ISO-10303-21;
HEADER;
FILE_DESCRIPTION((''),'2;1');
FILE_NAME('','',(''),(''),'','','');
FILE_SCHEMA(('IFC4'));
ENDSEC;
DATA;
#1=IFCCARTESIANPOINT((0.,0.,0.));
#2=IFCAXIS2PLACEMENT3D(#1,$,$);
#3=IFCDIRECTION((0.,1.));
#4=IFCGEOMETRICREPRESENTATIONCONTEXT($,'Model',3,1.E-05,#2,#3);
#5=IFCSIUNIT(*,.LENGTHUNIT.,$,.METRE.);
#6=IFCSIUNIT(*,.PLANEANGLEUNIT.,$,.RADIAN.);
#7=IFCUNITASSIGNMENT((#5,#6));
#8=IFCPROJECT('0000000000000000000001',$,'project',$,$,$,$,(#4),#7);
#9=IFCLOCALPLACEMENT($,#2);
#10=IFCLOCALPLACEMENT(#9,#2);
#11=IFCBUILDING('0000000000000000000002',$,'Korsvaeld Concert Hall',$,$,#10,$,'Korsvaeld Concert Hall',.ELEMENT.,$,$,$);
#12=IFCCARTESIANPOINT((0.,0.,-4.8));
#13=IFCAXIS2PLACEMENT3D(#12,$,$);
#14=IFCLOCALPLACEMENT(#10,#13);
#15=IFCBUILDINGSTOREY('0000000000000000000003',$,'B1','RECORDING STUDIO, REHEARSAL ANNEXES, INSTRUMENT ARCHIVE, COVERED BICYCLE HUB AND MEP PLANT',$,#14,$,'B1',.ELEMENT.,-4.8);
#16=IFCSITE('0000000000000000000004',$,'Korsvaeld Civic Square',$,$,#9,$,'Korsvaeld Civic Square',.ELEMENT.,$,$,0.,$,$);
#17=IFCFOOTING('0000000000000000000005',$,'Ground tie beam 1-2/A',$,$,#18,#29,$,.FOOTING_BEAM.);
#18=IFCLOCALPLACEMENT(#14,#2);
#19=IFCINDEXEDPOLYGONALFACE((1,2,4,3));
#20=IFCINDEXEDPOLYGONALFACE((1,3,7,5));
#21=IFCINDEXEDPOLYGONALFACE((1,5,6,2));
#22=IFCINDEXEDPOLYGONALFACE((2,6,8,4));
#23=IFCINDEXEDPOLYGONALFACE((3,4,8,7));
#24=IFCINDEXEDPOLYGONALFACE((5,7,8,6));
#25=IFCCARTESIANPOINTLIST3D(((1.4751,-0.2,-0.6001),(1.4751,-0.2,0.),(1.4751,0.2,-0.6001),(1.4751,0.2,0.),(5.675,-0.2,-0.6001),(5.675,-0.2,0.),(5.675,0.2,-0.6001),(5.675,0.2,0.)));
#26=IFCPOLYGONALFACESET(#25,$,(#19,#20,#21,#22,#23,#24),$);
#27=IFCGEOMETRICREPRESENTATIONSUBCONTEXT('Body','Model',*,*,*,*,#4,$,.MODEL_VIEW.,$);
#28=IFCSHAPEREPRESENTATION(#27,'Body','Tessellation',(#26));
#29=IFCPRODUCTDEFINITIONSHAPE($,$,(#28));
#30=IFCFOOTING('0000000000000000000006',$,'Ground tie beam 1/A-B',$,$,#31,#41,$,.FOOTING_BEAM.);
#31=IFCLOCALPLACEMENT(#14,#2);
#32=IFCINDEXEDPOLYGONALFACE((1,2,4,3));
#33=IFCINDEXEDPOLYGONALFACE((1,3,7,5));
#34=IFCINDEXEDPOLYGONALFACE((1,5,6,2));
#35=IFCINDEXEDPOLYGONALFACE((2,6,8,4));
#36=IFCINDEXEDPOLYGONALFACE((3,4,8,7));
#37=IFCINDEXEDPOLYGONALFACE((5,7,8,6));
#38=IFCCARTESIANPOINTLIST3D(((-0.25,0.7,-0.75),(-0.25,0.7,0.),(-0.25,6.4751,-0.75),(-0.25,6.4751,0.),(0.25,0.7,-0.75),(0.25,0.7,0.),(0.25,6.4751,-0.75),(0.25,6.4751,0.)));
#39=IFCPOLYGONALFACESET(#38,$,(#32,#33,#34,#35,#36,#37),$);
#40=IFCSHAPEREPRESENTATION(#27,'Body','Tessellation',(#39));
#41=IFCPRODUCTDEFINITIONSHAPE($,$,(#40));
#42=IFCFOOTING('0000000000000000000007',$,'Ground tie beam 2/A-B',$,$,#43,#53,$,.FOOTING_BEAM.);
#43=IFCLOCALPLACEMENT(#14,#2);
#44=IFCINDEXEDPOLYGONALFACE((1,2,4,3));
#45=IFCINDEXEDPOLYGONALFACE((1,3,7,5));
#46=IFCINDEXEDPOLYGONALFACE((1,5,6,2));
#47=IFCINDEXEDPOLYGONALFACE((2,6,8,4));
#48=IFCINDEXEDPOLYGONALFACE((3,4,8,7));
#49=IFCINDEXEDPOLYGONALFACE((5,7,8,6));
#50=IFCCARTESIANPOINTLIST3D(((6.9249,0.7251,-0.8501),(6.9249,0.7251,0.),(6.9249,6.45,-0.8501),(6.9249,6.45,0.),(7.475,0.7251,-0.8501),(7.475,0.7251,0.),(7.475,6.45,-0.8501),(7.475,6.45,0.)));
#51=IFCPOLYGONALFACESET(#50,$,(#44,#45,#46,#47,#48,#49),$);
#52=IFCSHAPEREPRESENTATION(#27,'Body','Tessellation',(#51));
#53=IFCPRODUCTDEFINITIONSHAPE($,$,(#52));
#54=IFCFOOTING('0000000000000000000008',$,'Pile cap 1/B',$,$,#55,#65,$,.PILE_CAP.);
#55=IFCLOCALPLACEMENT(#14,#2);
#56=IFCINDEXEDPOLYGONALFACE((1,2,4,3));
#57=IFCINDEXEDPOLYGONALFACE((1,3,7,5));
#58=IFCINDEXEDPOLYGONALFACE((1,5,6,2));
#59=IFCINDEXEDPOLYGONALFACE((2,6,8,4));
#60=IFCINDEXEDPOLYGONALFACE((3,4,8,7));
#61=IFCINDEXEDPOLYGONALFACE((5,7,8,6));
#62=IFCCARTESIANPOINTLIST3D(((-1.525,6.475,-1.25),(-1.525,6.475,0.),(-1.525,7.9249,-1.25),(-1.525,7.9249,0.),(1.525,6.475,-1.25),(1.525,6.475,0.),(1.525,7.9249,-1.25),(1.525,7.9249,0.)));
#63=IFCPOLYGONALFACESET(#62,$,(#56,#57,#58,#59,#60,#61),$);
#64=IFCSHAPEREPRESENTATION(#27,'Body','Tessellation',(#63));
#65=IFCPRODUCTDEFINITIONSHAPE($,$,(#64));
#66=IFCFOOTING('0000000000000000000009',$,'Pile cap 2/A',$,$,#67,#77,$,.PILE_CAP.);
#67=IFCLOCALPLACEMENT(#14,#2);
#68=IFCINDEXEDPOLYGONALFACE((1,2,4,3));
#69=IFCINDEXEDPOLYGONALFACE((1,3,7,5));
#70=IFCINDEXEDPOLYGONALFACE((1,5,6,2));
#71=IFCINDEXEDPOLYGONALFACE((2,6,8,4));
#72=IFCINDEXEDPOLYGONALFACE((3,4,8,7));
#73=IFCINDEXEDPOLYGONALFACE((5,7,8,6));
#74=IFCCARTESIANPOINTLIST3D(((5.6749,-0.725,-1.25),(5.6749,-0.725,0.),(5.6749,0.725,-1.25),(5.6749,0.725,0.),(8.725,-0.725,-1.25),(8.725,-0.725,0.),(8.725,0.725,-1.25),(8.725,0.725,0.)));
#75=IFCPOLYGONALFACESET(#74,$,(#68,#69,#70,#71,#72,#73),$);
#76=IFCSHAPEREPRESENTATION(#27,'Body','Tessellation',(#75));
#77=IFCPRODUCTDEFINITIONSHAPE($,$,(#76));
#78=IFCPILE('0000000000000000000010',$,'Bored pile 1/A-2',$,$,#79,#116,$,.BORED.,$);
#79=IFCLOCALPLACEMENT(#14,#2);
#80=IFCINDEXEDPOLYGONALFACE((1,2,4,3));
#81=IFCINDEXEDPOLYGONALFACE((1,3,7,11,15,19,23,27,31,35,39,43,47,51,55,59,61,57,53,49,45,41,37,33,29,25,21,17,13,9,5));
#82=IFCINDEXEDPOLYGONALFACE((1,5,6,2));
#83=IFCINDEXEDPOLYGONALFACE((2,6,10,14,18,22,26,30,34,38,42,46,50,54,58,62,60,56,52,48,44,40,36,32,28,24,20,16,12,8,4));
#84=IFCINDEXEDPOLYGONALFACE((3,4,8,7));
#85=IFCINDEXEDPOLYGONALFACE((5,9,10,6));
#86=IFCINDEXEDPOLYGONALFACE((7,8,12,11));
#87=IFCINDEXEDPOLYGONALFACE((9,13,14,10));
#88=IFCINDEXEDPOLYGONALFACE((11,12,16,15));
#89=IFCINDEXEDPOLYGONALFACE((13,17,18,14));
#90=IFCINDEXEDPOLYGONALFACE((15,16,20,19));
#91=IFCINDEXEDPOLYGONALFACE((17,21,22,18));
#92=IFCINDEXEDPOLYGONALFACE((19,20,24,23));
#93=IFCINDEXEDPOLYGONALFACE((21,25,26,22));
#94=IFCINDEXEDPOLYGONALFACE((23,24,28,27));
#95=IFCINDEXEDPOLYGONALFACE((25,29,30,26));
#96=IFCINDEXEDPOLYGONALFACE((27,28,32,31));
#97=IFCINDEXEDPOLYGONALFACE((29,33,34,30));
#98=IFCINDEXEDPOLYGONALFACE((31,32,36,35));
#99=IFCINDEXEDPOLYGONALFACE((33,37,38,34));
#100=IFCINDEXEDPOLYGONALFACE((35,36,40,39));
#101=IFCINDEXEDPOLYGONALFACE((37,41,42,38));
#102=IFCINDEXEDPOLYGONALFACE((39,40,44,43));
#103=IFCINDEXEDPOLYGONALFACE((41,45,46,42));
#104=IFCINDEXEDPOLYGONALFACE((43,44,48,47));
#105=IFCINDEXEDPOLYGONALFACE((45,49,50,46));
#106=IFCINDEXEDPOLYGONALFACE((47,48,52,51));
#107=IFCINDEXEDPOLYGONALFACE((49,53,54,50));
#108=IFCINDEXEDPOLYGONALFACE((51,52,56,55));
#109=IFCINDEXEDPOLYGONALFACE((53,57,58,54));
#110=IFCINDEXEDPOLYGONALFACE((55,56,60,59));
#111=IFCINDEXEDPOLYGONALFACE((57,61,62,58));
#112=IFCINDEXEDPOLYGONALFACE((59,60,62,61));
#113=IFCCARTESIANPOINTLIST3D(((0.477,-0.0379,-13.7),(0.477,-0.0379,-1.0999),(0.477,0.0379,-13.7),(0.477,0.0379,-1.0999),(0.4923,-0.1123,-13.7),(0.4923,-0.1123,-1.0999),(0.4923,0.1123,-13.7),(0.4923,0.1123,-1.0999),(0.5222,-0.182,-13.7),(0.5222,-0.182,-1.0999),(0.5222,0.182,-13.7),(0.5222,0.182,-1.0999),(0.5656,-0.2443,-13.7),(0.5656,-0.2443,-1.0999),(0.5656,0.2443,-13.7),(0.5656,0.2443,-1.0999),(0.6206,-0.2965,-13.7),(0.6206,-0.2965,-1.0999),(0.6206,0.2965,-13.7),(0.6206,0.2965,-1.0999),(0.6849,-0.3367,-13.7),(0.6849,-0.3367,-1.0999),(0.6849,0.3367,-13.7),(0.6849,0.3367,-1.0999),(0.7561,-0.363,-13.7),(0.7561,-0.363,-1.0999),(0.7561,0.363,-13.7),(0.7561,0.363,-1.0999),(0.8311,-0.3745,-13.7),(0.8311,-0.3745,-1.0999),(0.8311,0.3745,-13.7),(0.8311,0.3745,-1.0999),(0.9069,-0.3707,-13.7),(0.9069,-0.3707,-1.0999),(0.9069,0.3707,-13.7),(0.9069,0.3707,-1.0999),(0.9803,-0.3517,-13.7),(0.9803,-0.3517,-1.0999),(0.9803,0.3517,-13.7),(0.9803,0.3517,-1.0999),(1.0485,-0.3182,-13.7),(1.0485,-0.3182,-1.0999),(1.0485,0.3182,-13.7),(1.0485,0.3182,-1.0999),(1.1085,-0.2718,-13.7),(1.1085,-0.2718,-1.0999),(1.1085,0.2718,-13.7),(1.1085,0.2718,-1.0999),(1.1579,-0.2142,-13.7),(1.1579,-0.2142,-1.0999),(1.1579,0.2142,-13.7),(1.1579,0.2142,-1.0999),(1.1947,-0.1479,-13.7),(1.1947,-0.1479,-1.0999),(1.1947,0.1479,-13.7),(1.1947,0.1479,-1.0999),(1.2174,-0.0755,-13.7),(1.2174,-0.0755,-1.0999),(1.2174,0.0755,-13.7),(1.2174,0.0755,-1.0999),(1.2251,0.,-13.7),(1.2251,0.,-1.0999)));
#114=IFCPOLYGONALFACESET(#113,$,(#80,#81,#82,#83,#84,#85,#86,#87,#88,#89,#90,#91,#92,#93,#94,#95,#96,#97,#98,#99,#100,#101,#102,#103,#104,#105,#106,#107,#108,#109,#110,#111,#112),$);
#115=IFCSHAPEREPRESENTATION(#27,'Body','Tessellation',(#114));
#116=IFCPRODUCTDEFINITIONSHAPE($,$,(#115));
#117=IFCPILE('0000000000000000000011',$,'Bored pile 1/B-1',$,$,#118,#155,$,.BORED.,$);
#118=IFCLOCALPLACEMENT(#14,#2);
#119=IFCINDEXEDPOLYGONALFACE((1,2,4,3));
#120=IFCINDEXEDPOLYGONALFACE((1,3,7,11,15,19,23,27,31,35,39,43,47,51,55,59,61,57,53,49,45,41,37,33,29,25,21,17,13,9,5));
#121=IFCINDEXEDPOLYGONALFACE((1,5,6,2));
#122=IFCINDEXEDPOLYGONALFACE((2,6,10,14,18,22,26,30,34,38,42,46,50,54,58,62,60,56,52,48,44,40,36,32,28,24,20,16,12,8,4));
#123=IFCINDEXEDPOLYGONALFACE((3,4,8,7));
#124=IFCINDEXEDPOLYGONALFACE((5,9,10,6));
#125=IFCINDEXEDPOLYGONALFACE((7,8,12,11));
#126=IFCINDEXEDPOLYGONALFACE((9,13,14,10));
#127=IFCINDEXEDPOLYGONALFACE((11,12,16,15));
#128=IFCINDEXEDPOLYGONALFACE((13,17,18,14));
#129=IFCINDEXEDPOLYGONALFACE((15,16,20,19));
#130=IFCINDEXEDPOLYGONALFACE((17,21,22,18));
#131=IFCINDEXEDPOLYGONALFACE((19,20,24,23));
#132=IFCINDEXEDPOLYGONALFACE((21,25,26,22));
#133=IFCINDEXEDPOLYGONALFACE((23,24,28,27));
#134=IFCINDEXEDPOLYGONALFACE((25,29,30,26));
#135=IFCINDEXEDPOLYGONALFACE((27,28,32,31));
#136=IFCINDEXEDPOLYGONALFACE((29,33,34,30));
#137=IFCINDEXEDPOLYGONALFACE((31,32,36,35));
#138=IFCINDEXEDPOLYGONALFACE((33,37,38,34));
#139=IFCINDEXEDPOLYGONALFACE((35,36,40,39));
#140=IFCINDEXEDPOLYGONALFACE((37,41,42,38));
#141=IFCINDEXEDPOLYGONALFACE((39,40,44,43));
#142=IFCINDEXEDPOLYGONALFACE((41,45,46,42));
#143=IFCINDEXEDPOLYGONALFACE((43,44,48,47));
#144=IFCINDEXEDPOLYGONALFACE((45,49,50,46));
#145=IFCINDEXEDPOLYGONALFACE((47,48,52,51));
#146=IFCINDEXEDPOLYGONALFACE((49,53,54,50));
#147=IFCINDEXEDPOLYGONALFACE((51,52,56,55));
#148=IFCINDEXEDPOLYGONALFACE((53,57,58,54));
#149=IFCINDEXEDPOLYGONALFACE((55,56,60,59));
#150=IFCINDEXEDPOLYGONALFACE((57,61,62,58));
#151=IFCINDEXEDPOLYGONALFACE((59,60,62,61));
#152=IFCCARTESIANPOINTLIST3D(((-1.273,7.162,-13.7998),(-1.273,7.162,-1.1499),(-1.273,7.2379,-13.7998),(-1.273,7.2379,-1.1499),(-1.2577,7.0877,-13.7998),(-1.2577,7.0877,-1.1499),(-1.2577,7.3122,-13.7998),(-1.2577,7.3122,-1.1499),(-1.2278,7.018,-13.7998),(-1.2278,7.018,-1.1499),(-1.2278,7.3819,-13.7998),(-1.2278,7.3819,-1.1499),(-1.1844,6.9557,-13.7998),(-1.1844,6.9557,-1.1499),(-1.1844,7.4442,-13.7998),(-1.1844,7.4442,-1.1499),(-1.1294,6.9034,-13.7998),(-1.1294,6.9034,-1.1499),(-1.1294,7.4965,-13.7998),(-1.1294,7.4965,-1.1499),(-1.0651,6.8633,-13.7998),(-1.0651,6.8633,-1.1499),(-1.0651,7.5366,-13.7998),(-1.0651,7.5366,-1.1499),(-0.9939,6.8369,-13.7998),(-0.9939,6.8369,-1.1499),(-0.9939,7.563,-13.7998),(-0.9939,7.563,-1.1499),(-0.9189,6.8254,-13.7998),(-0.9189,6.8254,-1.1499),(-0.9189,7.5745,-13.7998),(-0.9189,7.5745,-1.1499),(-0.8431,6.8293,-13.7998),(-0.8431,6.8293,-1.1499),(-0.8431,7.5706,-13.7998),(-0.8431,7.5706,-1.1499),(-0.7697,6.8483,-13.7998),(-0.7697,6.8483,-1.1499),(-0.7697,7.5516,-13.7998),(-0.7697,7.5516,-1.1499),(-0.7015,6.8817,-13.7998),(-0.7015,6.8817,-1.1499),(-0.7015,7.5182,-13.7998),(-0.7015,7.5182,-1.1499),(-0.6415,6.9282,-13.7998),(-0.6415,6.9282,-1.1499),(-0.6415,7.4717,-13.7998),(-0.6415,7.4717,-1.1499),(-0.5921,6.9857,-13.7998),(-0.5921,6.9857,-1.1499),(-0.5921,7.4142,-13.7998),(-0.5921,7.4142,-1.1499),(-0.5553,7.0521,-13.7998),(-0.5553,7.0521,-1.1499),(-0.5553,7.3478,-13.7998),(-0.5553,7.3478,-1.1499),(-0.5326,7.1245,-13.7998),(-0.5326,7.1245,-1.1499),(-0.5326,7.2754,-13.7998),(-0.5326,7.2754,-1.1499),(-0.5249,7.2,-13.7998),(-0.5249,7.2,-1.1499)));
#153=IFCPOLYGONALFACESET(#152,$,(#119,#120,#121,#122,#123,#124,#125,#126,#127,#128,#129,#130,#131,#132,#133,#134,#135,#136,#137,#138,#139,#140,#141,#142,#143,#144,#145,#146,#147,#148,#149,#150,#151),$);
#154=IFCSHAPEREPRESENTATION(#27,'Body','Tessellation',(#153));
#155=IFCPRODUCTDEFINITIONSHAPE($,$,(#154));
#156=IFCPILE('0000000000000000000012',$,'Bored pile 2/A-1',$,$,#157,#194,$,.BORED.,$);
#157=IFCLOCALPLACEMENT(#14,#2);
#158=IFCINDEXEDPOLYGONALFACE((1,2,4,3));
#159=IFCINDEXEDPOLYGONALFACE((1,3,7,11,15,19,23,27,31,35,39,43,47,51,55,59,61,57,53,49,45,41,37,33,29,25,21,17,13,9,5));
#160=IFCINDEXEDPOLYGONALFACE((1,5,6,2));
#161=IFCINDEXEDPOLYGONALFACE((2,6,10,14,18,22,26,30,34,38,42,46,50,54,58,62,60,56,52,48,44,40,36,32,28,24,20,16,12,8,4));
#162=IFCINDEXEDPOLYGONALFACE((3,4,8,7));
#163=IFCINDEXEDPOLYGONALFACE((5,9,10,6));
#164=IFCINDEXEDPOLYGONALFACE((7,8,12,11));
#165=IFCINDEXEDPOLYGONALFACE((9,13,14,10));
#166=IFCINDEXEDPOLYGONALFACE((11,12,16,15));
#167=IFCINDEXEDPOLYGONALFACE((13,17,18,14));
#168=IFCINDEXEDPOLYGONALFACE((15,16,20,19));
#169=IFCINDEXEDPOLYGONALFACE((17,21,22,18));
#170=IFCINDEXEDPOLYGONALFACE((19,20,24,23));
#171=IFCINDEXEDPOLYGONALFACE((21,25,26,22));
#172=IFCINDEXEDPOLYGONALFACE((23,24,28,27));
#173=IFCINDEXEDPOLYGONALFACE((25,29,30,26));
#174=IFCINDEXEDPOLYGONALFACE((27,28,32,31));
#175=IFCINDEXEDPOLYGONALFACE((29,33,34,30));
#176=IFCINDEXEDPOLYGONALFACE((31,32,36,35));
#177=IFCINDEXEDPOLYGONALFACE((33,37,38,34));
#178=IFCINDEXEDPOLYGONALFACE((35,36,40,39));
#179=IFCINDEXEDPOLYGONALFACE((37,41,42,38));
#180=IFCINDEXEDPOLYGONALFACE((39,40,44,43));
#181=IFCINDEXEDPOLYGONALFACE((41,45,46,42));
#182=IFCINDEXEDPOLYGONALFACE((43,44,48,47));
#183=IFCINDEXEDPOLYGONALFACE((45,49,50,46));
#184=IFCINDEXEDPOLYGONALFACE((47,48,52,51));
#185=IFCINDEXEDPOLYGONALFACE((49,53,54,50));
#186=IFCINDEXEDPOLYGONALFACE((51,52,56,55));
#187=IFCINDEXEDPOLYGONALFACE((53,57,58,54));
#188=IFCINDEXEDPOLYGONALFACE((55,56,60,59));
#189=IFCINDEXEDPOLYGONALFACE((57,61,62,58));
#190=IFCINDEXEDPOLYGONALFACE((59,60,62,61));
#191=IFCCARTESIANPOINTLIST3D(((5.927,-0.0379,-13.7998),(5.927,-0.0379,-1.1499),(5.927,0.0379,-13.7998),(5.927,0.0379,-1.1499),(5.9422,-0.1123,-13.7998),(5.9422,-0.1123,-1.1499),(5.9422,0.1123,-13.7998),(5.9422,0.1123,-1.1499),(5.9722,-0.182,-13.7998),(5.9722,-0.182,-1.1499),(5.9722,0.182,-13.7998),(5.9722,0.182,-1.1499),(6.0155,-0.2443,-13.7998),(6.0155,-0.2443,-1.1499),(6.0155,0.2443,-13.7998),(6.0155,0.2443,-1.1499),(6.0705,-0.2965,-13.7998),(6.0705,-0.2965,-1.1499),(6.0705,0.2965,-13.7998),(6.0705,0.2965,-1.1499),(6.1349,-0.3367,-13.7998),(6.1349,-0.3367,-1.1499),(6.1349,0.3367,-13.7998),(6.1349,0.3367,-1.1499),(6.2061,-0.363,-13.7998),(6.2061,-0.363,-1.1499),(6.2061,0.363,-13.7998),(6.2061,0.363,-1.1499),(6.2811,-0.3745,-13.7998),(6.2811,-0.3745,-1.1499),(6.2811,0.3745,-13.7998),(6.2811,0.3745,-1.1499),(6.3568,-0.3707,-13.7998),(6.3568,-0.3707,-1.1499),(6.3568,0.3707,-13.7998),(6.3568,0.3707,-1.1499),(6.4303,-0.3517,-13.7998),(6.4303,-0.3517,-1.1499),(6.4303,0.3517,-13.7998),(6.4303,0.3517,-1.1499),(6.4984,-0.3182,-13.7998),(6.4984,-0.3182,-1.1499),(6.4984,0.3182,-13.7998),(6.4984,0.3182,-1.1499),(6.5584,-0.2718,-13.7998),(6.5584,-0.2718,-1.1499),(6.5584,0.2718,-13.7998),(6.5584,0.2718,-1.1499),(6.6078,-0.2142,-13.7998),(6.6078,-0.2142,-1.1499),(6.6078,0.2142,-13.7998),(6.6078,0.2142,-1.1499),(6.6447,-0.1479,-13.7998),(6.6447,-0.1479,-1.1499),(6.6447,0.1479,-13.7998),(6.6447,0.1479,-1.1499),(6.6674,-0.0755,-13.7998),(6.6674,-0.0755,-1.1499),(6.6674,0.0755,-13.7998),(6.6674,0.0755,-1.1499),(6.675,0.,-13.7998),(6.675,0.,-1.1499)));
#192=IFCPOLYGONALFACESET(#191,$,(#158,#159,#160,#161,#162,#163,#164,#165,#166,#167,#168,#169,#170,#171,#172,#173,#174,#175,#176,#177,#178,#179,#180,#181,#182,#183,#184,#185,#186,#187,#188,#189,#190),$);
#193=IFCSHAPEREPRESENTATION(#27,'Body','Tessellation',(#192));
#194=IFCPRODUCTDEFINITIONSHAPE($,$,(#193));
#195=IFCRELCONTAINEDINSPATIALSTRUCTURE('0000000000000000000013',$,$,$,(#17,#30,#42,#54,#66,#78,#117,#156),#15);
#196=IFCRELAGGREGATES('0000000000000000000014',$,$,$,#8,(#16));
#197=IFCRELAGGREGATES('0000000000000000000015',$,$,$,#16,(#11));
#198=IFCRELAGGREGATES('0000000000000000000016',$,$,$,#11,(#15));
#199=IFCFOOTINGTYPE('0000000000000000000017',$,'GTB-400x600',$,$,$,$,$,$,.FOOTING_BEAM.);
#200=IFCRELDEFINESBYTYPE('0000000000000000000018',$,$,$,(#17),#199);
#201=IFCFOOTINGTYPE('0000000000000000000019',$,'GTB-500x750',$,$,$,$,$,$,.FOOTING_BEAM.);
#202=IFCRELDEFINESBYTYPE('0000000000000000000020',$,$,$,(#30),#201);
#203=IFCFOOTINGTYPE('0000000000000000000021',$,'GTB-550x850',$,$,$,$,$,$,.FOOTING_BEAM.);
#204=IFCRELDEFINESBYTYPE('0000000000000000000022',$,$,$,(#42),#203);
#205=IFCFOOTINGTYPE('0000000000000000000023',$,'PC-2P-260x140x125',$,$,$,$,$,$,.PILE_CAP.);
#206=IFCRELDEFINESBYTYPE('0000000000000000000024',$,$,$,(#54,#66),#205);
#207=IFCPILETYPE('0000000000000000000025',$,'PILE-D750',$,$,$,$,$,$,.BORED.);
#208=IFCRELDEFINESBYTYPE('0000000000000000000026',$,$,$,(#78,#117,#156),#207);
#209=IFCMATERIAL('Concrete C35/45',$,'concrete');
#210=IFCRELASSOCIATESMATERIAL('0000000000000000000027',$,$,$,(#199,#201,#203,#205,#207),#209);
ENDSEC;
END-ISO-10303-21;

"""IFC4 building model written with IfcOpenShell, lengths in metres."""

from ifc_helpers import new_model, si_unit, direction, frame, origin, origin_2d, place, context, subcontext, project, spatial, rectangle, circle, extrude, material, material_profile, profile_set, type_object, element, save


model = new_model("IFC4")

# Units and contexts
model_context = context("Model", 3, precision=1e-05, world=origin(), true_north=direction((0.0, 1.0)))
body_context = subcontext(model_context, "Body", "Model", "MODEL_VIEW")
ifc_project = project(units=[si_unit("LENGTHUNIT", "METRE"), si_unit("PLANEANGLEUNIT", "RADIAN")], contexts=[model_context])

# Site, building, storey
site_placement = place(None, origin())
site = spatial("IfcSite", under=ifc_project, at=site_placement, Name="Korsvaeld Civic Square", LongName="Korsvaeld Civic Square", CompositionType="ELEMENT", RefElevation=0.0)
building_placement = place(site_placement, origin())
building = spatial("IfcBuilding", under=site, at=building_placement, Name="Korsvaeld Concert Hall", LongName="Korsvaeld Concert Hall", CompositionType="ELEMENT")
storey_placement = place(building_placement, frame((0.0, 0.0, -4.8)))
storey = spatial("IfcBuildingStorey", under=building, at=storey_placement, Name="B1", Description="RECORDING STUDIO, REHEARSAL ANNEXES, INSTRUMENT ARCHIVE, COVERED BICYCLE HUB AND MEP PLANT", LongName="B1", CompositionType="ELEMENT", Elevation=-4.8)

# Footings
ifc_material_1 = material(Name="Concrete C35/45", Category="concrete")
ifc_material_profile_1 = material_profile(ifc_material_1, rectangle(XDim=0.3999, YDim=0.6001, at=origin_2d()), Name="GTB 400x600")
ifc_profile_set_1 = profile_set([ifc_material_profile_1], Name="Concrete C35/45")
footing_type_1 = type_object("IfcFootingType", Name="GTB-400x600", PredefinedType="FOOTING_BEAM", material=ifc_profile_set_1)
footing_1_placement = place(storey_placement, frame((1.4751, 0.0, -0.3), z_axis=(1.0, 0.0, 0.0), x_axis=(0.0, 1.0, 0.0)))
element("IfcFooting", 1, at=footing_1_placement, inside=storey, type_object=footing_type_1, Name="Ground tie beam 1-2/A", PredefinedType="FOOTING_BEAM", context=body_context, shape_type="SweptSolid", body=[
    extrude(rectangle(XDim=0.3999, YDim=0.6001, at=origin_2d()), origin(), (0.0, 0.0, 1.0), 4.2),
])
ifc_material_profile_2 = material_profile(ifc_material_1, rectangle(XDim=0.5, YDim=0.75, at=origin_2d()), Name="GTB 500x750")
ifc_profile_set_2 = profile_set([ifc_material_profile_2], Name="Concrete C35/45")
footing_type_2 = type_object("IfcFootingType", Name="GTB-500x750", PredefinedType="FOOTING_BEAM", material=ifc_profile_set_2)
footing_2_placement = place(storey_placement, frame((0.0, 0.7, -0.375), z_axis=(0.0, 1.0, 0.0), x_axis=(-1.0, 0.0, 0.0)))
element("IfcFooting", 2, at=footing_2_placement, inside=storey, type_object=footing_type_2, Name="Ground tie beam 1/A-B", PredefinedType="FOOTING_BEAM", context=body_context, shape_type="SweptSolid", body=[
    extrude(rectangle(XDim=0.5, YDim=0.75, at=origin_2d()), origin(), (0.0, 0.0, 1.0), 5.7751),
])
ifc_material_profile_3 = material_profile(ifc_material_1, rectangle(XDim=0.55, YDim=0.8501, at=origin_2d()), Name="GTB 550x850")
ifc_profile_set_3 = profile_set([ifc_material_profile_3], Name="Concrete C35/45")
footing_type_3 = type_object("IfcFootingType", Name="GTB-550x850", PredefinedType="FOOTING_BEAM", material=ifc_profile_set_3)
footing_3_placement = place(storey_placement, frame((7.2, 0.7251, -0.425), z_axis=(0.0, 1.0, 0.0), x_axis=(-1.0, 0.0, 0.0)))
element("IfcFooting", 3, at=footing_3_placement, inside=storey, type_object=footing_type_3, Name="Ground tie beam 2/A-B", PredefinedType="FOOTING_BEAM", context=body_context, shape_type="SweptSolid", body=[
    extrude(rectangle(XDim=0.55, YDim=0.8501, at=origin_2d()), origin(), (0.0, 0.0, 1.0), 5.7249),
])
footing_type_4 = type_object("IfcFootingType", Name="PC-2P-260x140x125", PredefinedType="PILE_CAP", material=ifc_material_1)
for number, where, z_axis, x_axis, name in (
    (4, (0.0, 7.2, -1.25), (0.0, 0.0, 1.0), (1.0, 0.0, 0.0), "Pile cap 1/B"),
    (5, (7.2, 0.0, -1.25), (0.0, 0.0, 1.0), (1.0, 0.0, 0.0), "Pile cap 2/A"),
):
    element("IfcFooting", number, at=place(storey_placement, frame(where, z_axis=z_axis, x_axis=x_axis)), inside=storey, type_object=footing_type_4, Name=name, PredefinedType="PILE_CAP", context=body_context, shape_type="SweptSolid", body=[
        extrude(rectangle(XDim=3.05, YDim=1.45, at=origin_2d()), origin(), (0.0, 0.0, 1.0), 1.25),
    ])

# Piles
ifc_material_profile_4 = material_profile(ifc_material_1, circle(Radius=0.375, at=origin_2d()), Name="BORED PILE D750")
ifc_profile_set_4 = profile_set([ifc_material_profile_4], Name="Concrete C35/45")
pile_type = type_object("IfcPileType", Name="PILE-D750", PredefinedType="BORED", material=ifc_profile_set_4)
pile_placement = place(storey_placement, frame((0.8501, 0.0, -1.0999), z_axis=(0.0, 0.0, -1.0), x_axis=(1.0, 0.0, 0.0)))
element("IfcPile", 6, at=pile_placement, inside=storey, type_object=pile_type, Name="Bored pile 1/A-2", PredefinedType="BORED", context=body_context, shape_type="SweptSolid", body=[
    extrude(circle(Radius=0.375, at=origin_2d()), origin(), (0.0, 0.0, 1.0), 12.6001),
])
for number, where, z_axis, x_axis, name in (
    (7, (-0.8999, 7.2, -1.1499), (0.0, 0.0, -1.0), (1.0, 0.0, 0.0), "Bored pile 1/B-1"),
    (8, (6.3, 0.0, -1.1499), (0.0, 0.0, -1.0), (1.0, 0.0, 0.0), "Bored pile 2/A-1"),
):
    element("IfcPile", number, at=place(storey_placement, frame(where, z_axis=z_axis, x_axis=x_axis)), inside=storey, type_object=pile_type, Name=name, PredefinedType="BORED", context=body_context, shape_type="SweptSolid", body=[
        extrude(circle(Radius=0.375, at=origin_2d()), origin(), (0.0, 0.0, 1.0), 12.6499),
    ])

save(model, "model.ifc")
